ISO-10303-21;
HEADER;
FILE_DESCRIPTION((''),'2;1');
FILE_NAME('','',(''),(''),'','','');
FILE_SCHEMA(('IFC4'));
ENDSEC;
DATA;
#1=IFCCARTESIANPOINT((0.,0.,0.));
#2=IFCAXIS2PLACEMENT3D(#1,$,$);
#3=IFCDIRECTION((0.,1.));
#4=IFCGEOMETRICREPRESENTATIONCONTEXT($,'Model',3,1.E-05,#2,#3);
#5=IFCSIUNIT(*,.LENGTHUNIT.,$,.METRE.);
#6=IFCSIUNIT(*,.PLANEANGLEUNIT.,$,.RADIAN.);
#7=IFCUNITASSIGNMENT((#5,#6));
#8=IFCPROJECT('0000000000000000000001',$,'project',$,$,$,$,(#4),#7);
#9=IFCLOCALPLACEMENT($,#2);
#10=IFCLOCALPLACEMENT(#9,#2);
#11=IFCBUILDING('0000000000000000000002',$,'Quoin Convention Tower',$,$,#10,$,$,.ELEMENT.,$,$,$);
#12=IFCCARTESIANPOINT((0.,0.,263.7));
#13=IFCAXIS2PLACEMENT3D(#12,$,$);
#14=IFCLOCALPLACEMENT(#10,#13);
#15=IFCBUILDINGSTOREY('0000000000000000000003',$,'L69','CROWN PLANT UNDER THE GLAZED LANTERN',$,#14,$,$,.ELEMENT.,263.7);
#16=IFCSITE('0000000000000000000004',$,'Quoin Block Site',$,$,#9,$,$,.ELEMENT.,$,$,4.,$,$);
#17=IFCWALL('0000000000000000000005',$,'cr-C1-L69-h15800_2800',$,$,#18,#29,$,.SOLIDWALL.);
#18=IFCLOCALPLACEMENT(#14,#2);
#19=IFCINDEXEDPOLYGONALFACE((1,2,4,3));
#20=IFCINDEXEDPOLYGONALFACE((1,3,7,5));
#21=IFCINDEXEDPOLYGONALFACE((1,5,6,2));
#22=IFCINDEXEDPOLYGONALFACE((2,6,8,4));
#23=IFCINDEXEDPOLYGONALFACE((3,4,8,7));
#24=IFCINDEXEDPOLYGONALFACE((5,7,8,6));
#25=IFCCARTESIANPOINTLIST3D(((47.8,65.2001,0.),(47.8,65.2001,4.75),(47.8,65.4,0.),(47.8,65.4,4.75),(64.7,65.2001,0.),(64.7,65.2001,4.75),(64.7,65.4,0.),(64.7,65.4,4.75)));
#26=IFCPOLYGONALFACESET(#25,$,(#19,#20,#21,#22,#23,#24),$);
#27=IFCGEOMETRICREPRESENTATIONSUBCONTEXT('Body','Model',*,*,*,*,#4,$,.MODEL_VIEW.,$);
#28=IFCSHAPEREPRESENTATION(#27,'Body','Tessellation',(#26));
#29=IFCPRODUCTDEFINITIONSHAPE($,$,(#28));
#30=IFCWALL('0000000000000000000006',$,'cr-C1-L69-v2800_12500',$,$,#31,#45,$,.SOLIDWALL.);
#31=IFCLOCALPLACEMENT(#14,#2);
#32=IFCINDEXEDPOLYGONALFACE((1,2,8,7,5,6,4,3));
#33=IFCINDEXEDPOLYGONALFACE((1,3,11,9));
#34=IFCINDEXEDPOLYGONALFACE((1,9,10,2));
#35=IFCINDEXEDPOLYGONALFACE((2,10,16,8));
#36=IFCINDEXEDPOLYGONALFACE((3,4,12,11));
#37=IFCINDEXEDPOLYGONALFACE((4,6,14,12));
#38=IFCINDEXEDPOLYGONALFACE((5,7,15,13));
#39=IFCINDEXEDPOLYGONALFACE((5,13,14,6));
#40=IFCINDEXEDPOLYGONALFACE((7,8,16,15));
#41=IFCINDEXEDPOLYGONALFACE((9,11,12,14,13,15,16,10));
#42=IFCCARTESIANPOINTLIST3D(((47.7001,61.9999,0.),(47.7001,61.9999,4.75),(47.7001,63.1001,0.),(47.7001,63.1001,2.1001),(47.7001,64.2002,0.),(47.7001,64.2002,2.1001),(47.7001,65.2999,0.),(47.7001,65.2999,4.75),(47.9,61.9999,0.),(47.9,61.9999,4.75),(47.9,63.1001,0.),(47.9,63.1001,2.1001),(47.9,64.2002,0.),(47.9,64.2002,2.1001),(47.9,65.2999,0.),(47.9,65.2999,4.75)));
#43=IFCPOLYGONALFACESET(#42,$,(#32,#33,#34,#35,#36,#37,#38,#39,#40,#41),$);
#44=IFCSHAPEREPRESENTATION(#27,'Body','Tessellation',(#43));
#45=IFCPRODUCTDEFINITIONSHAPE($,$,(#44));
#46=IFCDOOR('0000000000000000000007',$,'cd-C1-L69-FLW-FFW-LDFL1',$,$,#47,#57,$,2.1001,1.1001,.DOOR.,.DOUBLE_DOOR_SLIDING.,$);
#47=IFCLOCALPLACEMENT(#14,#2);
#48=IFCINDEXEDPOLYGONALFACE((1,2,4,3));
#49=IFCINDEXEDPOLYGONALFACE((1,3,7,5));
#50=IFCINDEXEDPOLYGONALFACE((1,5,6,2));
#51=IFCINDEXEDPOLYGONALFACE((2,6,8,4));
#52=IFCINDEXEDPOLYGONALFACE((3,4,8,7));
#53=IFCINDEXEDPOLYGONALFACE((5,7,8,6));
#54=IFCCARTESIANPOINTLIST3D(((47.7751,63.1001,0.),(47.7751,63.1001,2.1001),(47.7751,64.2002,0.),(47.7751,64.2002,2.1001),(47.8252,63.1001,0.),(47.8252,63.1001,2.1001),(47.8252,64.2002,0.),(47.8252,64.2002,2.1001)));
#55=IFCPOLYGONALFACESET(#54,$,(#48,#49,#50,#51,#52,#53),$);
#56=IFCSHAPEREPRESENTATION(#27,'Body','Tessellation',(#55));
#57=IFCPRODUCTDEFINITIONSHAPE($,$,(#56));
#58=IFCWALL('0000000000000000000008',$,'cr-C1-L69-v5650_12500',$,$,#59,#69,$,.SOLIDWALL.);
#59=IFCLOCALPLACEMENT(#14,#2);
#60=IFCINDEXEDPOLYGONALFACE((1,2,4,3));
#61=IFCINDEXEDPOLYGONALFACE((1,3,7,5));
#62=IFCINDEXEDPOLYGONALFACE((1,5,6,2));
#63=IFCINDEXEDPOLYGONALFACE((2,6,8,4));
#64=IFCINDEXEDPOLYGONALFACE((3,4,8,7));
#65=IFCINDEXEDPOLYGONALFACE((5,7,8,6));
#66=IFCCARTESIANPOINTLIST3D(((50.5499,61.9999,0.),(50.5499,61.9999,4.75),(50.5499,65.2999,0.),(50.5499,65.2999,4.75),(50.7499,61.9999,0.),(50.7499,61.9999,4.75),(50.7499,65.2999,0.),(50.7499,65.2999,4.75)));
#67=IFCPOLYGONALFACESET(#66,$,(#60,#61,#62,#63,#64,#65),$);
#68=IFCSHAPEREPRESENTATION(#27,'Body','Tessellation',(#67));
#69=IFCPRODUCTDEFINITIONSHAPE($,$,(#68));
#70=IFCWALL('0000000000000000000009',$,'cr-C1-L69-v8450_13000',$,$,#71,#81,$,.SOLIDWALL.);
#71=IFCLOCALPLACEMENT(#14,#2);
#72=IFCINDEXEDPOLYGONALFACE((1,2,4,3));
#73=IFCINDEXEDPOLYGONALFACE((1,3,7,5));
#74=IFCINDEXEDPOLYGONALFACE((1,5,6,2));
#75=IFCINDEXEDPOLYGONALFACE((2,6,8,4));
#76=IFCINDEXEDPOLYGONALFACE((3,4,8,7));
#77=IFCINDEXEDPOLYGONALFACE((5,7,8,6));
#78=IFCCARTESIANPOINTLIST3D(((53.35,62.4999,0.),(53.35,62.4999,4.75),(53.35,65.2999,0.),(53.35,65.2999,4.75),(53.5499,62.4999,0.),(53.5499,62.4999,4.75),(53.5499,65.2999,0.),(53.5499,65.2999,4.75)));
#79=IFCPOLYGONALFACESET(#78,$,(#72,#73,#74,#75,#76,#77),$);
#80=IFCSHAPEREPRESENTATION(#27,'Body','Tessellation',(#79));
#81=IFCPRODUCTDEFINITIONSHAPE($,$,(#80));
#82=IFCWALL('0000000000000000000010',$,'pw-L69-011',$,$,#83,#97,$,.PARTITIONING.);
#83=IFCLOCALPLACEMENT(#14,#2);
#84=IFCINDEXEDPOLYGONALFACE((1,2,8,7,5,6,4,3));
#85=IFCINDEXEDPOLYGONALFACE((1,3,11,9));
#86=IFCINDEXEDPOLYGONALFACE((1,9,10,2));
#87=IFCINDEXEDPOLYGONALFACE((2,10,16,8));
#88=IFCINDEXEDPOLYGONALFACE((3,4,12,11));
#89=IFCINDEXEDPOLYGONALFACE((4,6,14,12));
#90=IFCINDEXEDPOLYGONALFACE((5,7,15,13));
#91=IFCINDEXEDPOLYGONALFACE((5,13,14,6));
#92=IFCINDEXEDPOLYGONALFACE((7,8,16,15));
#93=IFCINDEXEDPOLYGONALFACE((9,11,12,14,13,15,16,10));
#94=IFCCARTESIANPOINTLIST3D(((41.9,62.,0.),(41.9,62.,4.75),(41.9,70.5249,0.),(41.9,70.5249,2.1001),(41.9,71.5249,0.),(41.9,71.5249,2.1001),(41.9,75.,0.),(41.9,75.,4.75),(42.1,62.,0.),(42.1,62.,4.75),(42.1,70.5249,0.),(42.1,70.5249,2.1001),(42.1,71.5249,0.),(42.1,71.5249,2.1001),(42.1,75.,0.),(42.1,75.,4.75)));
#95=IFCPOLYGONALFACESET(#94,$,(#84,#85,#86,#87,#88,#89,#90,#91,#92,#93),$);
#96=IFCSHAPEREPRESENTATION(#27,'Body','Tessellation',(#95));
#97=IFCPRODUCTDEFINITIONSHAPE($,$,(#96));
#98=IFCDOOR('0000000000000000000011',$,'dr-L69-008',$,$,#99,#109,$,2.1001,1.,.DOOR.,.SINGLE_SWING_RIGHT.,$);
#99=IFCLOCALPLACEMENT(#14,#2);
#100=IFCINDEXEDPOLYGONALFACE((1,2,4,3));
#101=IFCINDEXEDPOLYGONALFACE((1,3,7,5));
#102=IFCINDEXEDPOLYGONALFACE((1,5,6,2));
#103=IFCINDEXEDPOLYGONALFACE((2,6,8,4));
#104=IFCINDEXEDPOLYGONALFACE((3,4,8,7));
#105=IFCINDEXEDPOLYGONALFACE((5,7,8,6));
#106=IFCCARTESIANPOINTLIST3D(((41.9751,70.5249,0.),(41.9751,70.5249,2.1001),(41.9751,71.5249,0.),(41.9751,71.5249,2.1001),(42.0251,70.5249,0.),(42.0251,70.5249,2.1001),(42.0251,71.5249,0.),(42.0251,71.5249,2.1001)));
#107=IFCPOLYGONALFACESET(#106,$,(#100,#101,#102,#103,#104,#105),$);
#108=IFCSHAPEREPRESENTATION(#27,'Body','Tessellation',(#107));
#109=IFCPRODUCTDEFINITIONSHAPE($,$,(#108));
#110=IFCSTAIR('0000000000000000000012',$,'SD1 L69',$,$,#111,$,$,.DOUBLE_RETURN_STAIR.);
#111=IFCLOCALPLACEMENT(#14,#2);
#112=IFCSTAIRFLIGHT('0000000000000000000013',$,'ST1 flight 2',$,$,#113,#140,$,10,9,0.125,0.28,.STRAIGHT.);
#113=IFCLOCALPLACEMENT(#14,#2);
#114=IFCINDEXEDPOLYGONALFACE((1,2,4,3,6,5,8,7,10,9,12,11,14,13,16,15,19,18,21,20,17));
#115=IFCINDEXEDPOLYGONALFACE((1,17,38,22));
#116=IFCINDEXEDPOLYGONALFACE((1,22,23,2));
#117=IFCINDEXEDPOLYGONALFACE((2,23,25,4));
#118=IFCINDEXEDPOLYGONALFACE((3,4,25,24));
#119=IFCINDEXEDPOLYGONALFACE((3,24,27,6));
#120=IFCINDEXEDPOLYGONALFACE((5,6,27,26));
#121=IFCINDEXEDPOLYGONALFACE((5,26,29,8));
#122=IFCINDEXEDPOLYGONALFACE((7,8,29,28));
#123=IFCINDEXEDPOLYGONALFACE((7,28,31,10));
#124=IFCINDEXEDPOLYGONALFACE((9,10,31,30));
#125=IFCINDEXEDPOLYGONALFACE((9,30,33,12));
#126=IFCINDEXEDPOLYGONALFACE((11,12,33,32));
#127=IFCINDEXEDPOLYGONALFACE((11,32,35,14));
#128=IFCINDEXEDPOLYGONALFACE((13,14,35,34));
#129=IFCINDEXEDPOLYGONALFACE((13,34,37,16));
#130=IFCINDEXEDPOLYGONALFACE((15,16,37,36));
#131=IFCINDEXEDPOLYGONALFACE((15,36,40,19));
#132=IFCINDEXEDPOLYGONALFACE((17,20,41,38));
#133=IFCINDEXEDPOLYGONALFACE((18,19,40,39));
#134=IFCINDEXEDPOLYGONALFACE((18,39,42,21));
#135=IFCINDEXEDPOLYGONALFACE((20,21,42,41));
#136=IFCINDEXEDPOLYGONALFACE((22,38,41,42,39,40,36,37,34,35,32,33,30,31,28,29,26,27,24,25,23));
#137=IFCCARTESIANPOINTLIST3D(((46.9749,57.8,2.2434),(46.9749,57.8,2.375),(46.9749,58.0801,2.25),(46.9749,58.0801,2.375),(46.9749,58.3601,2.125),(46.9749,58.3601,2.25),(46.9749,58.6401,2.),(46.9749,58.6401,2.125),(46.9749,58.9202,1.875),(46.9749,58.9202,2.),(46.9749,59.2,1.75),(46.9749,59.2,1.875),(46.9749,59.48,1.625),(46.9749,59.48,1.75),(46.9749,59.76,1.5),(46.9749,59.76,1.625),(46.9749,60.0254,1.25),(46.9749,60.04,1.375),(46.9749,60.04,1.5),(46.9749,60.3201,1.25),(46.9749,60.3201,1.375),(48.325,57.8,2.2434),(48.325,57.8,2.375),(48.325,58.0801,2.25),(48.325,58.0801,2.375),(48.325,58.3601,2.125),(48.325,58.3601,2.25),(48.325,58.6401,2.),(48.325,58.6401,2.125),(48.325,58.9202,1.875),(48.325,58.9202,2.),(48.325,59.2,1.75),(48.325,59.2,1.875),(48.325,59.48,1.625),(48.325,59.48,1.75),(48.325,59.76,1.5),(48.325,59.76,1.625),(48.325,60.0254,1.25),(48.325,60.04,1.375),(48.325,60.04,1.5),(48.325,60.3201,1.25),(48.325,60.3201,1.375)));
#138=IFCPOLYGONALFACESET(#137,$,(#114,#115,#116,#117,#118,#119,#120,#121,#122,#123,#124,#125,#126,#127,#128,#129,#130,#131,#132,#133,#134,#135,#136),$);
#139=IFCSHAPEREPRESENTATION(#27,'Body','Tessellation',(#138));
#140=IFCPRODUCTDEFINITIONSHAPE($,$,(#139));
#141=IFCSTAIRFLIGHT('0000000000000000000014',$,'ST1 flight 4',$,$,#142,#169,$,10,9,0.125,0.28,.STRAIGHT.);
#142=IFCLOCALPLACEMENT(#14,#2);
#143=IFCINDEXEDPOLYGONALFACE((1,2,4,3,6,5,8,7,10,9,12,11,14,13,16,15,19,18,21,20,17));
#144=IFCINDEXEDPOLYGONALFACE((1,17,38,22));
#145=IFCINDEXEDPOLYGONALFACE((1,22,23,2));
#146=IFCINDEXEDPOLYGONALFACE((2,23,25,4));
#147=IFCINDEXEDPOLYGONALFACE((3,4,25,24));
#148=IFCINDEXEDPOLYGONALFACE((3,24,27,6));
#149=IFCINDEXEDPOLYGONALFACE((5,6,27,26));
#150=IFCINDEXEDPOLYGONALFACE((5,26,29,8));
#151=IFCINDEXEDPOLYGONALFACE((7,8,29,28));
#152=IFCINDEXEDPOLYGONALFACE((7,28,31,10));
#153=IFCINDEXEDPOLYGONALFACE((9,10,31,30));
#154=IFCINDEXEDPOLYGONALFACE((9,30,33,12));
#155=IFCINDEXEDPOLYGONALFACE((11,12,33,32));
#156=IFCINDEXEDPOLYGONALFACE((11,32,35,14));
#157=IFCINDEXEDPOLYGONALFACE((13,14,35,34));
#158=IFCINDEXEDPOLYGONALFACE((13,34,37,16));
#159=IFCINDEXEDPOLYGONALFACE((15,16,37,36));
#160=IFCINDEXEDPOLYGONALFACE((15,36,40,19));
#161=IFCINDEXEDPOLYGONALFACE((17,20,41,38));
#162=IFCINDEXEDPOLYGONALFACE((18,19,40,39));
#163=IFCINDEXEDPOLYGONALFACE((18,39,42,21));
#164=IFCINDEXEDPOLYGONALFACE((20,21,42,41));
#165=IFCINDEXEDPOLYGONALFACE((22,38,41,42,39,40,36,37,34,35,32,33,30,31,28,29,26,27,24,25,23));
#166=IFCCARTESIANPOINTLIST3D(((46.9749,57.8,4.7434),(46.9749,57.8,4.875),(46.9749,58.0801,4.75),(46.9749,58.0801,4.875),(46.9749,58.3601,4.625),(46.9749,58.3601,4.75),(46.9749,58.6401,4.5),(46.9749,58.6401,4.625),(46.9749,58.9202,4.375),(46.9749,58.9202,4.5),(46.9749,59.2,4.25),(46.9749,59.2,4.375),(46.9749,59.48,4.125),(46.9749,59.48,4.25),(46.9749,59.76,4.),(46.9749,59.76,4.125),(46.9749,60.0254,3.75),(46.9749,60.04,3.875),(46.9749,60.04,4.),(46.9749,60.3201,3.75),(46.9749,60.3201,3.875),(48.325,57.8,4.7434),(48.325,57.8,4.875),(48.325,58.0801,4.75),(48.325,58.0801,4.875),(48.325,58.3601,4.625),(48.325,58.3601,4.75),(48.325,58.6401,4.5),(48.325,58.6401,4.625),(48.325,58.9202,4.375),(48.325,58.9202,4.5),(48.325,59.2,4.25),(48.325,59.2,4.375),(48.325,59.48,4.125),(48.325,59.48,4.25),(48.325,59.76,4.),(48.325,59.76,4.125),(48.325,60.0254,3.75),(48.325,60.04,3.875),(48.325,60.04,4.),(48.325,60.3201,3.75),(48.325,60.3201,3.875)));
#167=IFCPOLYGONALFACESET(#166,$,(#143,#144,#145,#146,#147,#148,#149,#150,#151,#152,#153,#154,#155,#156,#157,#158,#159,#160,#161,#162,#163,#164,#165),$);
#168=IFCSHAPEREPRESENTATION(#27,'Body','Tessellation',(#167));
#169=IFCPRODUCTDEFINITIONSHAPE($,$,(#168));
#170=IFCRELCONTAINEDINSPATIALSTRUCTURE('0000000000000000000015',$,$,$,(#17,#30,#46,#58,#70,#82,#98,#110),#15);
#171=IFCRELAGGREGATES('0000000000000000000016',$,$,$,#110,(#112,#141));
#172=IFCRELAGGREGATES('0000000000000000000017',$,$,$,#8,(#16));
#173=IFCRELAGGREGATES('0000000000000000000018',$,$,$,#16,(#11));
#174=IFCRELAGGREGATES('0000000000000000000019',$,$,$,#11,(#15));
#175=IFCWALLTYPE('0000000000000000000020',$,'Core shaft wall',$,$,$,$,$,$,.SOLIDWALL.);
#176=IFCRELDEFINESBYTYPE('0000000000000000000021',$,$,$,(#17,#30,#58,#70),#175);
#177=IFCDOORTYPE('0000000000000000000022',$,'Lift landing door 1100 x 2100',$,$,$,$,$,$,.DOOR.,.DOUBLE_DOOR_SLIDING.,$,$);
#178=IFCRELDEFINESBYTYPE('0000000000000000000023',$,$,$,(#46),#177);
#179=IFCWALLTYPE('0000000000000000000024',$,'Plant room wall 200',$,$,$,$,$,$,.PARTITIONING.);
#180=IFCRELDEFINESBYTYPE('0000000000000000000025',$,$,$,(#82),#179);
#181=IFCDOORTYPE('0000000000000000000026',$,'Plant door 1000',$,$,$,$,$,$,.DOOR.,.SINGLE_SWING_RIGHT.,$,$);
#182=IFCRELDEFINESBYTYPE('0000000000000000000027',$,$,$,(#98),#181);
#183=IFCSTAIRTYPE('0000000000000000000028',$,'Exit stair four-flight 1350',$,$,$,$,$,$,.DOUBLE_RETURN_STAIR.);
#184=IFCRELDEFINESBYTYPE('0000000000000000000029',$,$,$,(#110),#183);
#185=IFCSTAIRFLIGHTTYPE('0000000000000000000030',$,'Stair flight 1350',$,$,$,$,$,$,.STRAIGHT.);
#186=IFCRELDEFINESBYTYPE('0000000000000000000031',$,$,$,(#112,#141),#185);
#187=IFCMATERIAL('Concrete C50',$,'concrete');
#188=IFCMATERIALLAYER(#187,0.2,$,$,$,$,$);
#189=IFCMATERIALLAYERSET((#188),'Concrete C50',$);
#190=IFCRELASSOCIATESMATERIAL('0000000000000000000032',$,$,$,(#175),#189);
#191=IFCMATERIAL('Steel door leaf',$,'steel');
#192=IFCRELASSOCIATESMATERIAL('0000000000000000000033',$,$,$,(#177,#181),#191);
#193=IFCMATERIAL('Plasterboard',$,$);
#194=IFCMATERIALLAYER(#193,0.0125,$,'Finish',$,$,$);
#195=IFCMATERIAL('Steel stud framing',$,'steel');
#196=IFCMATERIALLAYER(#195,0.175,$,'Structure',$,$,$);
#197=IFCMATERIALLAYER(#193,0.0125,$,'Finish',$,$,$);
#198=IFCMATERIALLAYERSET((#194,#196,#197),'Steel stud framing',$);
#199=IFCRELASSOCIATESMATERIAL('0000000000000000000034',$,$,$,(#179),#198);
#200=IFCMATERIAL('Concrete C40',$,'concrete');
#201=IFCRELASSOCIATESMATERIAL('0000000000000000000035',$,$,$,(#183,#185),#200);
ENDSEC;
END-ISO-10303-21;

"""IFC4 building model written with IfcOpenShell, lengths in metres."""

from ifc_helpers import new_model, si_unit, direction, frame, frame_2d, origin, place, context, subcontext, project, spatial, polyline, rectangle, outline, extrude, material, layer, layer_set, type_object, element, fill, aggregate, save


model = new_model("IFC4")

# Units and contexts
model_context = context("Model", 3, precision=1e-05, world=origin(), true_north=direction((0.0, 1.0)))
body_context = subcontext(model_context, "Body", "Model", "MODEL_VIEW")
ifc_project = project(units=[si_unit("LENGTHUNIT", "METRE"), si_unit("PLANEANGLEUNIT", "RADIAN")], contexts=[model_context])

# Site, building, storey
site_placement = place(None, origin())
site = spatial("IfcSite", under=ifc_project, at=site_placement, Name="Quoin Block Site", CompositionType="ELEMENT", RefElevation=4.0)
building_placement = place(site_placement, origin())
building = spatial("IfcBuilding", under=site, at=building_placement, Name="Quoin Convention Tower", CompositionType="ELEMENT")
storey_placement = place(building_placement, frame((0.0, 0.0, 263.7)))
storey = spatial("IfcBuildingStorey", under=building, at=storey_placement, Name="L69", Description="CROWN PLANT UNDER THE GLAZED LANTERN", CompositionType="ELEMENT", Elevation=263.7)

# Shared definitions
ifc_material_1 = material(Name="Plasterboard")
ifc_material_2 = material(Name="Steel stud framing", Category="steel")
ifc_material_3 = material(Name="Steel door leaf", Category="steel")

# Wall
ifc_material_4 = material(Name="Concrete C50", Category="concrete")
ifc_layer_1 = layer(ifc_material_4, 0.2)
ifc_layer_set_1 = layer_set([ifc_layer_1], Name="Concrete C50")
wall_type_1 = type_object("IfcWallType", Name="Core shaft wall", PredefinedType="SOLIDWALL", material=ifc_layer_set_1)
wall_1_placement = place(storey_placement, frame((47.8, 65.3, 0.0), z_axis=(0.0, 0.0, 1.0), x_axis=(1.0, 0.0, 0.0)))
element("IfcWall", 1, at=wall_1_placement, inside=storey, type_object=wall_type_1, Name="cr-C1-L69-h15800_2800", PredefinedType="SOLIDWALL", context=body_context, shape_type="SweptSolid", body=[
    extrude(rectangle(XDim=16.8999, YDim=0.2, at=frame_2d((8.45, 0.0))), origin(), (0.0, 0.0, 1.0), 4.75),
])

# Wall, opening, door
wall_2_placement = place(storey_placement, frame((47.8, 62.0, 0.0), z_axis=(0.0, 0.0, 1.0), x_axis=(0.0, 1.0, 0.0)))
wall_2 = element("IfcWall", 2, at=wall_2_placement, inside=storey, type_object=wall_type_1, Name="cr-C1-L69-v2800_12500", PredefinedType="SOLIDWALL", context=body_context, shape_type="SweptSolid", body=[
    extrude(rectangle(XDim=3.3, YDim=0.2, at=frame_2d((1.6499, 0.0))), origin(), (0.0, 0.0, 1.0), 4.75),
])
opening_1_placement = place(wall_2_placement, frame((1.1001, 0.0, 0.0)))
opening_1 = element("IfcOpeningElement", 3, at=opening_1_placement, cuts=wall_2, PredefinedType="OPENING", context=body_context, shape_type="SweptSolid", body=[
    extrude(rectangle(XDim=1.1001, YDim=2.1001, at=frame_2d((0.55, 1.05))), frame((0.0, 0.1099, 0.0), z_axis=(0.0, -1.0, 0.0), x_axis=(1.0, 0.0, 0.0)), (0.0, 0.0, 1.0), 0.22),
])
door_type_1 = type_object("IfcDoorType", Name="Lift landing door 1100 x 2100", OperationType="DOUBLE_DOOR_SLIDING", PredefinedType="DOOR", material=ifc_material_3)
door_1_placement = place(opening_1_placement, origin())
door_1 = element("IfcDoor", 4, at=door_1_placement, inside=storey, type_object=door_type_1, Name="cd-C1-L69-FLW-FFW-LDFL1", OperationType="DOUBLE_DOOR_SLIDING", OverallHeight=2.1001, OverallWidth=1.1001, PredefinedType="DOOR", context=body_context, shape_type="SweptSolid", body=[
    extrude(rectangle(XDim=1.1001, YDim=2.1001, at=frame_2d((0.55, 1.05))), frame((0.0, 0.0249, 0.0), z_axis=(0.0, -1.0, 0.0), x_axis=(1.0, 0.0, 0.0)), (0.0, 0.0, 1.0), 0.05),
])
fill(opening_1, door_1)

# Walls
wall_3_placement = place(storey_placement, frame((50.6499, 62.0, 0.0), z_axis=(0.0, 0.0, 1.0), x_axis=(0.0, 1.0, 0.0)))
element("IfcWall", 5, at=wall_3_placement, inside=storey, type_object=wall_type_1, Name="cr-C1-L69-v5650_12500", PredefinedType="SOLIDWALL", context=body_context, shape_type="SweptSolid", body=[
    extrude(rectangle(XDim=3.3, YDim=0.2, at=frame_2d((1.6499, 0.0))), origin(), (0.0, 0.0, 1.0), 4.75),
])
wall_4_placement = place(storey_placement, frame((53.45, 62.5, 0.0), z_axis=(0.0, 0.0, 1.0), x_axis=(0.0, 1.0, 0.0)))
element("IfcWall", 6, at=wall_4_placement, inside=storey, type_object=wall_type_1, Name="cr-C1-L69-v8450_13000", PredefinedType="SOLIDWALL", context=body_context, shape_type="SweptSolid", body=[
    extrude(rectangle(XDim=2.8, YDim=0.2, at=frame_2d((1.3999, 0.0))), origin(), (0.0, 0.0, 1.0), 4.75),
])

# Wall, opening, door
ifc_layer_2 = layer(ifc_material_1, 0.0125, Name="Finish")
ifc_layer_3 = layer(ifc_material_2, 0.175, Name="Structure")
ifc_layer_4 = layer(ifc_material_1, 0.0125, Name="Finish")
ifc_layer_set_2 = layer_set([ifc_layer_2, ifc_layer_3, ifc_layer_4], Name="Steel stud framing")
wall_type_2 = type_object("IfcWallType", Name="Plant room wall 200", PredefinedType="PARTITIONING", material=ifc_layer_set_2)
wall_5_placement = place(storey_placement, frame((42.0, 62.0, 0.0), z_axis=(0.0, 0.0, 1.0), x_axis=(0.0, 1.0, 0.0)))
wall_5 = element("IfcWall", 7, at=wall_5_placement, inside=storey, type_object=wall_type_2, Name="pw-L69-011", PredefinedType="PARTITIONING", context=body_context, shape_type="SweptSolid", body=[
    extrude(rectangle(XDim=13.0, YDim=0.2, at=frame_2d((6.5, 0.0))), origin(), (0.0, 0.0, 1.0), 4.75),
])
opening_2_placement = place(wall_5_placement, frame((8.5249, 0.0, 0.0)))
opening_2 = element("IfcOpeningElement", 8, at=opening_2_placement, cuts=wall_5, PredefinedType="OPENING", context=body_context, shape_type="SweptSolid", body=[
    extrude(rectangle(XDim=1.0, YDim=2.1001, at=frame_2d((0.5, 1.05))), frame((0.0, 0.1099, 0.0), z_axis=(0.0, -1.0, 0.0), x_axis=(1.0, 0.0, 0.0)), (0.0, 0.0, 1.0), 0.22),
])
door_type_2 = type_object("IfcDoorType", Name="Plant door 1000", OperationType="SINGLE_SWING_RIGHT", PredefinedType="DOOR", material=ifc_material_3)
door_2_placement = place(opening_2_placement, origin())
door_2 = element("IfcDoor", 9, at=door_2_placement, inside=storey, type_object=door_type_2, Name="dr-L69-008", OperationType="SINGLE_SWING_RIGHT", OverallHeight=2.1001, OverallWidth=1.0, PredefinedType="DOOR", context=body_context, shape_type="SweptSolid", body=[
    extrude(rectangle(XDim=1.0, YDim=2.1001, at=frame_2d((0.5, 1.05))), frame((0.0, 0.0249, 0.0), z_axis=(0.0, -1.0, 0.0), x_axis=(1.0, 0.0, 0.0)), (0.0, 0.0, 1.0), 0.05),
])
fill(opening_2, door_2)

# Stair, stair flights
ifc_material_5 = material(Name="Concrete C40", Category="concrete")
stair_type = type_object("IfcStairType", Name="Exit stair four-flight 1350", PredefinedType="DOUBLE_RETURN_STAIR", material=ifc_material_5)
stair_placement = place(storey_placement, origin())
stair = element("IfcStair", 10, at=stair_placement, inside=storey, type_object=stair_type, Name="SD1 L69", PredefinedType="DOUBLE_RETURN_STAIR")
stair_flight_type = type_object("IfcStairFlightType", Name="Stair flight 1350", PredefinedType="STRAIGHT", material=ifc_material_5)
stair_flight_1_placement = place(storey_placement, frame((47.6499, 60.3201, 1.25), z_axis=(0.0, 0.0, 1.0), x_axis=(0.0, -1.0, 0.0)))
stair_flight_1 = element("IfcStairFlight", 11, at=stair_flight_1_placement, type_object=stair_flight_type, Name="ST1 flight 2", NumberOfRisers=10, NumberOfTreads=9, PredefinedType="STRAIGHT", RiserHeight=0.125, TreadLength=0.28, context=body_context, shape_type="SweptSolid", body=[
    extrude(outline(polyline([(0.0, 0.0), (0.0, 0.125), (0.28, 0.125), (0.28, 0.25), (0.5601, 0.25), (0.5601, 0.375), (0.8401, 0.375), (0.8401, 0.5), (1.1201, 0.5), (1.1201, 0.625), (1.3999, 0.625), (1.3999, 0.75), (1.6799, 0.75), (1.6799, 0.875), (1.96, 0.875), (1.96, 1.0), (2.24, 1.0), (2.24, 1.125), (2.52, 1.125), (2.52, 1.25), (2.52, 0.9934), (0.2947, 0.0), (0.0, 0.0)])), frame((0.0, 0.675, 0.0), z_axis=(0.0, -1.0, 0.0), x_axis=(1.0, 0.0, 0.0)), (0.0, 0.0, 1.0), 1.3501),
])
stair_flight_2_placement = place(storey_placement, frame((47.6499, 60.3201, 3.75), z_axis=(0.0, 0.0, 1.0), x_axis=(0.0, -1.0, 0.0)))
stair_flight_2 = element("IfcStairFlight", 12, at=stair_flight_2_placement, type_object=stair_flight_type, Name="ST1 flight 4", NumberOfRisers=10, NumberOfTreads=9, PredefinedType="STRAIGHT", RiserHeight=0.125, TreadLength=0.28, context=body_context, shape_type="SweptSolid", body=[
    extrude(outline(polyline([(0.0, 0.0), (0.0, 0.125), (0.28, 0.125), (0.28, 0.25), (0.5601, 0.25), (0.5601, 0.375), (0.8401, 0.375), (0.8401, 0.5), (1.1201, 0.5), (1.1201, 0.625), (1.3999, 0.625), (1.3999, 0.75), (1.6799, 0.75), (1.6799, 0.875), (1.96, 0.875), (1.96, 1.0), (2.24, 1.0), (2.24, 1.125), (2.52, 1.125), (2.52, 1.25), (2.52, 0.9934), (0.2947, 0.0), (0.0, 0.0)])), frame((0.0, 0.675, 0.0), z_axis=(0.0, -1.0, 0.0), x_axis=(1.0, 0.0, 0.0)), (0.0, 0.0, 1.0), 1.3501),
])
aggregate(stair, [stair_flight_1, stair_flight_2])

save(model, "model.ifc")
